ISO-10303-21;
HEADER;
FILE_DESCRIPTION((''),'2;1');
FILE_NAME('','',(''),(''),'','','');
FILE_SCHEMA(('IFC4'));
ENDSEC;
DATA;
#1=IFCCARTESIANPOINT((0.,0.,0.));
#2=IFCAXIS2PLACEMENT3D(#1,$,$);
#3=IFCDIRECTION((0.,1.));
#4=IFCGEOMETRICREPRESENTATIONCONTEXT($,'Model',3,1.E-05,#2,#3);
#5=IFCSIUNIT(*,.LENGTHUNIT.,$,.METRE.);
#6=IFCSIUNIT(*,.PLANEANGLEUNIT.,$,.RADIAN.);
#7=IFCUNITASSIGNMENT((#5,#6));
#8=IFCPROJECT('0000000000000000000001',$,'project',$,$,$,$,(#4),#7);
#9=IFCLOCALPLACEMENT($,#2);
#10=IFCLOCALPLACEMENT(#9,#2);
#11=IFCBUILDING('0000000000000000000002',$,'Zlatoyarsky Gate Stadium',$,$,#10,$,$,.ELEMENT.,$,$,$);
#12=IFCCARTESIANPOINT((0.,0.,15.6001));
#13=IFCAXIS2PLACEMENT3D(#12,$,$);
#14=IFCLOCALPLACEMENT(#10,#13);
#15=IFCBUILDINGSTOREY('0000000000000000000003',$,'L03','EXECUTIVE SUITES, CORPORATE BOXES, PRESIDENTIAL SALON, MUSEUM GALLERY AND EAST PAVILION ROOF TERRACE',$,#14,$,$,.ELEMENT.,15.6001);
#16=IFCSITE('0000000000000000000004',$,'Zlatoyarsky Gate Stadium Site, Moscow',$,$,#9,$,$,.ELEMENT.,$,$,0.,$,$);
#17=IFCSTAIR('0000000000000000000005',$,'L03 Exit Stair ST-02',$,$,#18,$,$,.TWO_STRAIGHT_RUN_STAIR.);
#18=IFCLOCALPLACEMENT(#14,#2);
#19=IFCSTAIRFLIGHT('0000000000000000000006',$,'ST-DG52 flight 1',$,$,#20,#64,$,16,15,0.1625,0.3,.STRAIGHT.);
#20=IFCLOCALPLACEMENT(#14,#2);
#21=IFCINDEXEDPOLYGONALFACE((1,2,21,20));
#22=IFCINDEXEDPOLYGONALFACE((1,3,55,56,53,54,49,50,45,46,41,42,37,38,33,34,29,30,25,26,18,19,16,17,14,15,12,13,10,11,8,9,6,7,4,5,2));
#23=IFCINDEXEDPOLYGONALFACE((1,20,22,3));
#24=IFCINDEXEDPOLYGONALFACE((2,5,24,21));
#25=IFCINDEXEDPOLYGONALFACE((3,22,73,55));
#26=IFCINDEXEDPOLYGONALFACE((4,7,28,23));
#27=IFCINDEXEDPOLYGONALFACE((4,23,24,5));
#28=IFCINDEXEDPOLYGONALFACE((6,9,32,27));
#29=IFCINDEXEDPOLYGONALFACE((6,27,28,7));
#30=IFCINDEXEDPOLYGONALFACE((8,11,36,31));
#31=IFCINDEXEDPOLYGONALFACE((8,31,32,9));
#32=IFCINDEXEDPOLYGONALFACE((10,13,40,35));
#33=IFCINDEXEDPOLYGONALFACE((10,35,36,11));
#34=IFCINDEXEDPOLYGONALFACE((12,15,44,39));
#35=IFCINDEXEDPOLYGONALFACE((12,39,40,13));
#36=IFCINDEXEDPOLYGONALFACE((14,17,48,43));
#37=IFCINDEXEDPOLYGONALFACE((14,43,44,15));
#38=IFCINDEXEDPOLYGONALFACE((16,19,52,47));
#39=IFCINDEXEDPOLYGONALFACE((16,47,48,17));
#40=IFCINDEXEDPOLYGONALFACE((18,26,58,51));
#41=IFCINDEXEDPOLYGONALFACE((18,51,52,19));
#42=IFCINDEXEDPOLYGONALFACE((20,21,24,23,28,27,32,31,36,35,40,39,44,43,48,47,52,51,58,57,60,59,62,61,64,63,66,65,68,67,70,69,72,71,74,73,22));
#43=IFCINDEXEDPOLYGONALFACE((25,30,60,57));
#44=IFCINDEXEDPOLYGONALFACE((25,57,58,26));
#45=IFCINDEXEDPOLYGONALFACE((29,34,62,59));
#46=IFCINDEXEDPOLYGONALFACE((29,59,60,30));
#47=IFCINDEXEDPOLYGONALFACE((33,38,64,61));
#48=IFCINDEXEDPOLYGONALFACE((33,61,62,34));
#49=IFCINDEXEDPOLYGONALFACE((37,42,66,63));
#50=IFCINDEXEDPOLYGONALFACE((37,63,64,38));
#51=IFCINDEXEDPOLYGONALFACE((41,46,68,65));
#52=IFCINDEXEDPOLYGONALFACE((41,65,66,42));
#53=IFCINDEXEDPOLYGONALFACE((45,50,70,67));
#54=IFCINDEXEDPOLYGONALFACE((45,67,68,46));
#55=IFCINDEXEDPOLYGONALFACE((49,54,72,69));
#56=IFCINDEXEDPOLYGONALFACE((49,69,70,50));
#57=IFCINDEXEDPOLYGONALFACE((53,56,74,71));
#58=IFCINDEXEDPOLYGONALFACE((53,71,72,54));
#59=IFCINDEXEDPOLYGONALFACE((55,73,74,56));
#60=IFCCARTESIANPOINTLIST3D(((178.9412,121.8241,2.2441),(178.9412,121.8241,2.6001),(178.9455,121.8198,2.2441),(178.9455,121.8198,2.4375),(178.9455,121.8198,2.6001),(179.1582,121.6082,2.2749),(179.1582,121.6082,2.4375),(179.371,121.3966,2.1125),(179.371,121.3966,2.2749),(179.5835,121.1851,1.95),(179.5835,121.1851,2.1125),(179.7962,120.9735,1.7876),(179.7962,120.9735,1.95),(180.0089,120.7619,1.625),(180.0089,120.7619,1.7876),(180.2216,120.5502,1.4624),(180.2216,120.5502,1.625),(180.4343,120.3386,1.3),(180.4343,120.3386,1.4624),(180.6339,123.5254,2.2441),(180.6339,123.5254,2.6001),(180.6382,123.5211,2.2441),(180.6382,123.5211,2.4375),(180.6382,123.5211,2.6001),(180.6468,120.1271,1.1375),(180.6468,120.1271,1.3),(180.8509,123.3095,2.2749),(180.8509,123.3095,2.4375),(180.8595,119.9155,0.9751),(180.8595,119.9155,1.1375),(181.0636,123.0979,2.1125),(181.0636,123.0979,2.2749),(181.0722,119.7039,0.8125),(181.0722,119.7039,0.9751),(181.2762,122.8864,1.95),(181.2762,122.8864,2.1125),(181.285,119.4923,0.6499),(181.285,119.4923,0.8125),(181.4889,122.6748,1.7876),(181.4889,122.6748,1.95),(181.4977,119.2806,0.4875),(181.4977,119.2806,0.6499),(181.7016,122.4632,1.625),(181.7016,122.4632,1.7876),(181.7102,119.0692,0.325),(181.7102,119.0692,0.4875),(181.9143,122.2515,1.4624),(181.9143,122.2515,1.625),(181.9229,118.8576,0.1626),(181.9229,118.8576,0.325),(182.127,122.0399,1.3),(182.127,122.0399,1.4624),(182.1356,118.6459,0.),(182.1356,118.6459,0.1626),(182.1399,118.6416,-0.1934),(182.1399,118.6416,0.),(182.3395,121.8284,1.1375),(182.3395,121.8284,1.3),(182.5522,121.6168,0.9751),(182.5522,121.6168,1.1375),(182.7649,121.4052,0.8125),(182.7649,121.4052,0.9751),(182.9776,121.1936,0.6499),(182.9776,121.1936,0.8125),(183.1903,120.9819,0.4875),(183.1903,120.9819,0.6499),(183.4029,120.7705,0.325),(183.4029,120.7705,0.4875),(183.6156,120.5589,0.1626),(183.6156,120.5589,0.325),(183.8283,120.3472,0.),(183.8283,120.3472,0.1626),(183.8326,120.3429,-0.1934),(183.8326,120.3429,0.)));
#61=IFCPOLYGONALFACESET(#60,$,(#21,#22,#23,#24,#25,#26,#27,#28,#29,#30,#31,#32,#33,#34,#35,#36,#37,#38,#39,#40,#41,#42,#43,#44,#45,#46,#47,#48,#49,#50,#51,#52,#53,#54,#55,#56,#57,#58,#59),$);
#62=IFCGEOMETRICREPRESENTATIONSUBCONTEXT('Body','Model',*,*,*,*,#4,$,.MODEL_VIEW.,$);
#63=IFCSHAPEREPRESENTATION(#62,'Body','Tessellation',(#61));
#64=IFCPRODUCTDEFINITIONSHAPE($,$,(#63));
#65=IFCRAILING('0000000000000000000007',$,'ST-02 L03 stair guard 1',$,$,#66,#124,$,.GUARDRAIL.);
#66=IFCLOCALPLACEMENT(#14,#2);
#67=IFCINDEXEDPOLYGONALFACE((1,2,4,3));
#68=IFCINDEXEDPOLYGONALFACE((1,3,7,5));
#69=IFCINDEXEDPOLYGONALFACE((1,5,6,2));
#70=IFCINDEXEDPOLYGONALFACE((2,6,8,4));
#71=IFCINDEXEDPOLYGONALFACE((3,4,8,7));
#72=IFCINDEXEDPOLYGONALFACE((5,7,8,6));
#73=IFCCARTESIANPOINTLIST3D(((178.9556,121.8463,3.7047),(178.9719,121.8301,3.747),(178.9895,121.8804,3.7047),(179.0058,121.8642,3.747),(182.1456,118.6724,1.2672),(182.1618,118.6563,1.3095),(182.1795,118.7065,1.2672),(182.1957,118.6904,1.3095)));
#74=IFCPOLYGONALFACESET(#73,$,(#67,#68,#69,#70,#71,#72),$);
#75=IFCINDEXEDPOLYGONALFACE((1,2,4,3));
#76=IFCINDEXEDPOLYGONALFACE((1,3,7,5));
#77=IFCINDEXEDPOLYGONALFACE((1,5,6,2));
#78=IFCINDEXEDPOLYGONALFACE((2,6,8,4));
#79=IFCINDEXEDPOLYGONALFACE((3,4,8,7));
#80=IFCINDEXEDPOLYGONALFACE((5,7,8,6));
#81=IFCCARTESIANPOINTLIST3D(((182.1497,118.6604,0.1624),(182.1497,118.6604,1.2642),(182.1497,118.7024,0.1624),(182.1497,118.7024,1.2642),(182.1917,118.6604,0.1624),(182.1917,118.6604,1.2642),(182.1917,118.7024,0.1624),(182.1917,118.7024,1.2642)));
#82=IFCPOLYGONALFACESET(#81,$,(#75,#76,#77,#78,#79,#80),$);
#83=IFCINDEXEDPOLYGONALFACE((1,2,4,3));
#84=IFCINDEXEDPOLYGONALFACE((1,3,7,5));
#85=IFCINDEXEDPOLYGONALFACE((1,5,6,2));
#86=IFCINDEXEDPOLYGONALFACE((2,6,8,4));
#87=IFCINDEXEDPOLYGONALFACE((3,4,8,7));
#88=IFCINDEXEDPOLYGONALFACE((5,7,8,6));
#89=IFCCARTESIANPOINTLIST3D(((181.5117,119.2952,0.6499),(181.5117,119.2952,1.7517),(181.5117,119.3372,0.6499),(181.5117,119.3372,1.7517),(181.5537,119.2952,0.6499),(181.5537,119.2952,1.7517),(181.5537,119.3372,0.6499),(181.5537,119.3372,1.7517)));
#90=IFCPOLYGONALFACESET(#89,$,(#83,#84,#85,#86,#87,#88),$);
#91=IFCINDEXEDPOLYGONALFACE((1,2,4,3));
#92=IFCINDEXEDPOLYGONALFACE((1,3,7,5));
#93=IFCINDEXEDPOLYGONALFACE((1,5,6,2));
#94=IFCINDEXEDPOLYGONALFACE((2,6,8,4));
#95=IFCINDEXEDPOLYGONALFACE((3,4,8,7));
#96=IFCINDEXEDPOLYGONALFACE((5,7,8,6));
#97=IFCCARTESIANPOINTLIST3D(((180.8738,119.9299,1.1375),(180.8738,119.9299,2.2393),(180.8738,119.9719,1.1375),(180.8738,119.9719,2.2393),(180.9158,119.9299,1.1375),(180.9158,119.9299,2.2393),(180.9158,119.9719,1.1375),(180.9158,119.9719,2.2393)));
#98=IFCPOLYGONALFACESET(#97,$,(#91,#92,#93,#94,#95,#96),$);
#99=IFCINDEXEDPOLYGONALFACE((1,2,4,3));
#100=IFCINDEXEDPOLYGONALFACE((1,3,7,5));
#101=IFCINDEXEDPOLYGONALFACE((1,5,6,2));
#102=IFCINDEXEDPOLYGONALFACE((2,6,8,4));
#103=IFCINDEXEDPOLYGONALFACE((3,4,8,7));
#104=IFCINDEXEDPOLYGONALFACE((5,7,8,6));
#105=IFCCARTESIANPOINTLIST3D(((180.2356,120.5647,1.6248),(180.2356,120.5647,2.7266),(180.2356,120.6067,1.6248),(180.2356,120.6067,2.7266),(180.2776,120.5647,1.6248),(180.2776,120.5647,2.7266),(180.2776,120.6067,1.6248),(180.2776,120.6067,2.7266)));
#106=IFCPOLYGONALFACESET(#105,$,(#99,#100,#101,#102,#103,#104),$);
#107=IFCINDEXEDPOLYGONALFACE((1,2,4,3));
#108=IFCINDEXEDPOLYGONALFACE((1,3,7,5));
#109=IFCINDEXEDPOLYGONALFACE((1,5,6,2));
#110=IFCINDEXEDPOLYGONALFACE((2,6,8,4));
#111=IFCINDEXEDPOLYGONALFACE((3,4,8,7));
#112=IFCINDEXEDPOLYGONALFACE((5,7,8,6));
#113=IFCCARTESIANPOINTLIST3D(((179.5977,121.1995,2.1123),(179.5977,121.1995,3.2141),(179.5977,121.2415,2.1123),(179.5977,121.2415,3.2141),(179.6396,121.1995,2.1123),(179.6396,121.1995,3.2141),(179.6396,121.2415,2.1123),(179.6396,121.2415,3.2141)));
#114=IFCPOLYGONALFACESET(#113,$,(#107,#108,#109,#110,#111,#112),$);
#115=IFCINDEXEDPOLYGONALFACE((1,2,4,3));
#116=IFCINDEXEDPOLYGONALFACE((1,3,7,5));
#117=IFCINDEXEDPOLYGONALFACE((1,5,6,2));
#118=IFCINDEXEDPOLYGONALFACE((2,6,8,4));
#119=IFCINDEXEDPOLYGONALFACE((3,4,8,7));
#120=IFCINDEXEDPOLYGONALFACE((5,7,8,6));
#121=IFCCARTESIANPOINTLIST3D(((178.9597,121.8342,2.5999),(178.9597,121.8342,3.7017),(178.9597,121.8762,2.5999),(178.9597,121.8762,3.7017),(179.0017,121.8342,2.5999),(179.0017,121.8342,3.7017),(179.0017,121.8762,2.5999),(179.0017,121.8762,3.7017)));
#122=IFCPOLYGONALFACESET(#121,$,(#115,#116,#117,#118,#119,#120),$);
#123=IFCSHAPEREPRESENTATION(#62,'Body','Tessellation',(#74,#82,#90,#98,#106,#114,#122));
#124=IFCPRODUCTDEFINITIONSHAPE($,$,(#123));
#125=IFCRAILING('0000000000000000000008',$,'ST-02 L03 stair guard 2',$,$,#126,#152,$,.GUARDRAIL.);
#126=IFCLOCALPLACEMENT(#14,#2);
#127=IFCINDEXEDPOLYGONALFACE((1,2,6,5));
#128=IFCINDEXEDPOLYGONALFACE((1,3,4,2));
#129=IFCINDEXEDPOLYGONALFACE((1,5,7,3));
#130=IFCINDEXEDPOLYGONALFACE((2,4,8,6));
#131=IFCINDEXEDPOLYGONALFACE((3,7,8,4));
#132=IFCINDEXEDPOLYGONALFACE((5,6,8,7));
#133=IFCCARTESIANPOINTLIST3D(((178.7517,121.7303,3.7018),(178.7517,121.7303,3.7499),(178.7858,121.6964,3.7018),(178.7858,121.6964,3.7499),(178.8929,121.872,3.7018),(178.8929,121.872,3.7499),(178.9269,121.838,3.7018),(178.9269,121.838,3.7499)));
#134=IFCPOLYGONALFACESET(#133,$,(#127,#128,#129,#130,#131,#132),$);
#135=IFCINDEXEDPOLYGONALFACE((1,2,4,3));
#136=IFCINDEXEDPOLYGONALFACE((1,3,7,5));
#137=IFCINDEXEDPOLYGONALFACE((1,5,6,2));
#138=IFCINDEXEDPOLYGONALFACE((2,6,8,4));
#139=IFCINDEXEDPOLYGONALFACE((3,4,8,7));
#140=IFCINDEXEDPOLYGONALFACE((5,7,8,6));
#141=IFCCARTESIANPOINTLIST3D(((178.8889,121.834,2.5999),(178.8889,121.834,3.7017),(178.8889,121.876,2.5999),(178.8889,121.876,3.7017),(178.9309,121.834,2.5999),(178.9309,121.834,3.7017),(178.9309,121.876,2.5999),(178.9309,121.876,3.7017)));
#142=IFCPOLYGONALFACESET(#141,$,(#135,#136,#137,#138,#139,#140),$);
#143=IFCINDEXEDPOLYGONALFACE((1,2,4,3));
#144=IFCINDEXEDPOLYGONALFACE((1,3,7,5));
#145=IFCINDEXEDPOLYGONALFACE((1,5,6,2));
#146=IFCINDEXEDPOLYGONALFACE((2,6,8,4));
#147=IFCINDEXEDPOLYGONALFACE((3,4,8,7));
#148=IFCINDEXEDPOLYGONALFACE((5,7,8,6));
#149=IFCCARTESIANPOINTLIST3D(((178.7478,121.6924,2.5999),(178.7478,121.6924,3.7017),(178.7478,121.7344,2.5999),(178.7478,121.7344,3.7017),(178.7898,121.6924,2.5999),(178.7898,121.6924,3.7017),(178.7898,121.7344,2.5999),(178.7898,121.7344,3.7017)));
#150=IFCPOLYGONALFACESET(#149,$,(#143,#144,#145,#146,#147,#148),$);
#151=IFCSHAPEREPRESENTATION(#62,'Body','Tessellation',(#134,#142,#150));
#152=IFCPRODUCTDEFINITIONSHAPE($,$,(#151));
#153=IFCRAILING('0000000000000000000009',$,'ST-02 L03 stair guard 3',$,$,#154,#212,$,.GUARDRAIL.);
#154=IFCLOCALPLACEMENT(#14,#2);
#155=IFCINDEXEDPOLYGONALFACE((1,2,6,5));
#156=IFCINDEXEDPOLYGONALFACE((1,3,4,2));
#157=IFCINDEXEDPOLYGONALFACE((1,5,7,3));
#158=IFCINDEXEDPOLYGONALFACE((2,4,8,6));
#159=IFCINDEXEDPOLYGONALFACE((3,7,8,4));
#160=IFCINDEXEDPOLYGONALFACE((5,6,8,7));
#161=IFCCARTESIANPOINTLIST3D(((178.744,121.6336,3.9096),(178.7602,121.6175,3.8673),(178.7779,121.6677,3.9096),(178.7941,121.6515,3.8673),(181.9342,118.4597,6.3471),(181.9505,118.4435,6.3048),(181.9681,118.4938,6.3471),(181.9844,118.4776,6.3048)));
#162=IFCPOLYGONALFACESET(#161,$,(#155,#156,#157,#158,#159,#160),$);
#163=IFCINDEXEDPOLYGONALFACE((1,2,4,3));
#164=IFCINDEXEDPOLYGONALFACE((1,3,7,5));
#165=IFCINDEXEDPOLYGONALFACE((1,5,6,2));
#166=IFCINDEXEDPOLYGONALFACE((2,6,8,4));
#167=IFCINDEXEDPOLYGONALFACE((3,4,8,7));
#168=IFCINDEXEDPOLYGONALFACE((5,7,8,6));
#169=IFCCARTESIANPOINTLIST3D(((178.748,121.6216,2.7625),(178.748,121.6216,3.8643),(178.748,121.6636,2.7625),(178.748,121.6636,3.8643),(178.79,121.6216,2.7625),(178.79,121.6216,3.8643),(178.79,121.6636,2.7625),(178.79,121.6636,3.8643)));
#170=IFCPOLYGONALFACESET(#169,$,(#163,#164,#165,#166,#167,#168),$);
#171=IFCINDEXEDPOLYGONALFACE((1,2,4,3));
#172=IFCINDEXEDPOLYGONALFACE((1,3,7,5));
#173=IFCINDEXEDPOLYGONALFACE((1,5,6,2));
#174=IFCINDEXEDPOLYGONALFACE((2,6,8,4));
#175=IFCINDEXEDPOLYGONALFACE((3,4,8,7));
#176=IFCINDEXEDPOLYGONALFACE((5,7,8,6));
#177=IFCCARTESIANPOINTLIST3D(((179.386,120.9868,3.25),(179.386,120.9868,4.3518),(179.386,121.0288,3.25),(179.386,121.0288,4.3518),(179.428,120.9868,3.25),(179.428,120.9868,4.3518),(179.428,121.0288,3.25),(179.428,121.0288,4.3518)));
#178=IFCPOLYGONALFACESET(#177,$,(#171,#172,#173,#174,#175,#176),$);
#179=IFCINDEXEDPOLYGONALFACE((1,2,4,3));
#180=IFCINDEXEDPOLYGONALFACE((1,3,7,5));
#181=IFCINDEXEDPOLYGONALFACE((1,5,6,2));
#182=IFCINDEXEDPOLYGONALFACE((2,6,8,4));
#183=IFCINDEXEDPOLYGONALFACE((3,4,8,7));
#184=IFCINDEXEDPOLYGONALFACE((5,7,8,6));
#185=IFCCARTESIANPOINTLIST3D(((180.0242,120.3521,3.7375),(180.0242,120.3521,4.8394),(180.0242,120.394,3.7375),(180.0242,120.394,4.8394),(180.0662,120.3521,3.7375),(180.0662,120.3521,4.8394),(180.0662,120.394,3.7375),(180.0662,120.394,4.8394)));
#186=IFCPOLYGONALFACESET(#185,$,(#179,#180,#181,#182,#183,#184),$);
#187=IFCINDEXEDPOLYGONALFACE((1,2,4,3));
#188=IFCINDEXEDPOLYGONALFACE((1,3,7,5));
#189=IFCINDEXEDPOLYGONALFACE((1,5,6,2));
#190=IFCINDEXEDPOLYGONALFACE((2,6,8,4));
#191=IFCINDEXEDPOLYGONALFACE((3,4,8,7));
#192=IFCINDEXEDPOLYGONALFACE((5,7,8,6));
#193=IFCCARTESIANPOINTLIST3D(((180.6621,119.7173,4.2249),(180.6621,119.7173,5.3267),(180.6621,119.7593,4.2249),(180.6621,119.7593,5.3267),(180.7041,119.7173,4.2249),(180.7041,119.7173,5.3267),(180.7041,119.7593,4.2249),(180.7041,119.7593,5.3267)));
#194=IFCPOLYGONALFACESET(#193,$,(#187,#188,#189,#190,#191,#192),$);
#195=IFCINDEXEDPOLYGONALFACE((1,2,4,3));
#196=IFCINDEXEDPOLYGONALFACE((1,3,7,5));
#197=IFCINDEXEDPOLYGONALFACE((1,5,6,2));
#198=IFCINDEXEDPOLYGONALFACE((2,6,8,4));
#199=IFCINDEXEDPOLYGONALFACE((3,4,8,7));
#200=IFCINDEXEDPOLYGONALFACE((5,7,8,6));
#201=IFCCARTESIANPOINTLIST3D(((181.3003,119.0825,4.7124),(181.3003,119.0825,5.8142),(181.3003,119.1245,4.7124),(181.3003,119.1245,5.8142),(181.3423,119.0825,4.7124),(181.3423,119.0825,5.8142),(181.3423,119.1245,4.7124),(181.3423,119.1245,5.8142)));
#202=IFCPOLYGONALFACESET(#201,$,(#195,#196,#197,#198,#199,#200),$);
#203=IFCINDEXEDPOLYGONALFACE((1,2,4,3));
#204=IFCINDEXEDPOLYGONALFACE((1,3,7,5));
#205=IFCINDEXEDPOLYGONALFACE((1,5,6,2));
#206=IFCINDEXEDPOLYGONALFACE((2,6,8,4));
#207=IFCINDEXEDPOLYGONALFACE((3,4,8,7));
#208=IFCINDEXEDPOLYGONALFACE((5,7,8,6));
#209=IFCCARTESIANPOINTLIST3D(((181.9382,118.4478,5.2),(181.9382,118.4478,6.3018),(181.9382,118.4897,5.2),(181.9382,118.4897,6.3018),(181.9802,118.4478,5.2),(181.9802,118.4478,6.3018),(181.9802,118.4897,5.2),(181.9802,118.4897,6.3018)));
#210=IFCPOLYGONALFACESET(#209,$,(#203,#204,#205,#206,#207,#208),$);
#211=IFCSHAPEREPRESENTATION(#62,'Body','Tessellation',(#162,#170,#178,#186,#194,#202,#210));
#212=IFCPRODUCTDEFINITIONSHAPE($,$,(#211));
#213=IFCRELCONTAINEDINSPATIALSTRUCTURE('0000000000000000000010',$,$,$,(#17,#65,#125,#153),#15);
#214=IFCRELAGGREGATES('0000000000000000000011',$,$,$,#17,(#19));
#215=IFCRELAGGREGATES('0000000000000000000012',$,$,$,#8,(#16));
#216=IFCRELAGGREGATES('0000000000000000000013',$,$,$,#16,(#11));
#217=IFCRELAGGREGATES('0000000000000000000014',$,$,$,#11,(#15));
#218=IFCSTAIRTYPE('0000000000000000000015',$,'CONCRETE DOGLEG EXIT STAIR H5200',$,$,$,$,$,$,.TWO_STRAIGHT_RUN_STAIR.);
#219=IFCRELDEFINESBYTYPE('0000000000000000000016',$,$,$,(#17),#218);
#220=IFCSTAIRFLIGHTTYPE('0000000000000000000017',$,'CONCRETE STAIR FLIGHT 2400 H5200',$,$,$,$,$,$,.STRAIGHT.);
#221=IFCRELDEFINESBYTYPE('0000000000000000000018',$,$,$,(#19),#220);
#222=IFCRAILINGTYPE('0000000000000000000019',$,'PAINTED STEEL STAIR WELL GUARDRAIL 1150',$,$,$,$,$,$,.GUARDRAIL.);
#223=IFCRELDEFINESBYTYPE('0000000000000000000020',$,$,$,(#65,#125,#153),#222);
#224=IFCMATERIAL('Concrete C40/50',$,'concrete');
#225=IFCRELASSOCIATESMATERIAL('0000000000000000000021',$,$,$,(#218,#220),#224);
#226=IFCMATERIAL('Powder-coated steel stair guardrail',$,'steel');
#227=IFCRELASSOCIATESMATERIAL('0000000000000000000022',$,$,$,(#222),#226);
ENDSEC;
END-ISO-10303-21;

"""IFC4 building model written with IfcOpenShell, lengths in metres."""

from ifc_helpers import new_model, si_unit, direction, frame, origin, origin_2d, place, context, subcontext, project, spatial, polyline, rectangle, outline, extrude, material, type_object, element, aggregate, save


model = new_model("IFC4")

# Units and contexts
model_context = context("Model", 3, precision=1e-05, world=origin(), true_north=direction((0.0, 1.0)))
body_context = subcontext(model_context, "Body", "Model", "MODEL_VIEW")
ifc_project = project(units=[si_unit("LENGTHUNIT", "METRE"), si_unit("PLANEANGLEUNIT", "RADIAN")], contexts=[model_context])

# Site, building, storey
site_placement = place(None, origin())
site = spatial("IfcSite", under=ifc_project, at=site_placement, Name="Zlatoyarsky Gate Stadium Site, Moscow", CompositionType="ELEMENT", RefElevation=0.0)
building_placement = place(site_placement, origin())
building = spatial("IfcBuilding", under=site, at=building_placement, Name="Zlatoyarsky Gate Stadium", CompositionType="ELEMENT")
storey_placement = place(building_placement, frame((0.0, 0.0, 15.6001)))
storey = spatial("IfcBuildingStorey", under=building, at=storey_placement, Name="L03", Description="EXECUTIVE SUITES, CORPORATE BOXES, PRESIDENTIAL SALON, MUSEUM GALLERY AND EAST PAVILION ROOF TERRACE", CompositionType="ELEMENT", Elevation=15.6001)

# Shared definitions
ifc_material_1 = material(Name="Concrete C40/50", Category="concrete")

# Stair, stair flight
stair_type = type_object("IfcStairType", Name="CONCRETE DOGLEG EXIT STAIR H5200", PredefinedType="TWO_STRAIGHT_RUN_STAIR", material=ifc_material_1)
stair_placement = place(storey_placement, origin())
stair = element("IfcStair", 1, at=stair_placement, inside=storey, type_object=stair_type, Name="L03 Exit Stair ST-02", PredefinedType="TWO_STRAIGHT_RUN_STAIR")
stair_flight_type = type_object("IfcStairFlightType", Name="CONCRETE STAIR FLIGHT 2400 H5200", PredefinedType="STRAIGHT", material=ifc_material_1)
stair_flight_placement = place(storey_placement, frame((182.9819, 119.4966, 0.0), z_axis=(0.0, 0.0, 1.0), x_axis=(-0.708901, 0.705308, 0.0)))
stair_flight = element("IfcStairFlight", 2, at=stair_flight_placement, type_object=stair_flight_type, Name="ST-DG52 flight 1", NumberOfRisers=16, NumberOfTreads=15, PredefinedType="STRAIGHT", RiserHeight=0.1625, TreadLength=0.3, context=body_context, shape_type="SweptSolid", body=[
    extrude(outline(polyline([(-0.0061, -0.1934), (-0.0061, 0.0), (0.0, 0.0), (0.0, 0.1626), (0.3, 0.1626), (0.3, 0.325), (0.6001, 0.325), (0.6001, 0.4875), (0.8999, 0.4875), (0.8999, 0.6499), (1.2, 0.6499), (1.2, 0.8125), (1.5, 0.8125), (1.5, 0.9751), (1.8, 0.9751), (1.8, 1.1375), (2.1001, 1.1375), (2.1001, 1.3), (2.3999, 1.3), (2.3999, 1.4624), (2.7, 1.4624), (2.7, 1.625), (3.0, 1.625), (3.0, 1.7876), (3.3, 1.7876), (3.3, 1.95), (3.6001, 1.95), (3.6001, 2.1125), (3.8999, 2.1125), (3.8999, 2.2749), (4.2, 2.2749), (4.2, 2.4375), (4.5, 2.4375), (4.5, 2.6001), (4.5061, 2.6001), (4.5061, 2.2441), (4.5, 2.2441), (-0.0061, -0.1934)])), frame((0.0, 1.2, 0.0), z_axis=(0.0, -1.0, 0.0), x_axis=(1.0, 0.0, 0.0)), (0.0, 0.0, 1.0), 2.3999),
])
aggregate(stair, [stair_flight])

# Railings
ifc_material_2 = material(Name="Powder-coated steel stair guardrail", Category="steel")
railing_type_1 = type_object("IfcRailingType", Name="PAINTED STEEL STAIR WELL GUARDRAIL 1150", PredefinedType="GUARDRAIL", material=ifc_material_2)
railing_1_placement = place(storey_placement, frame((182.1707, 118.6814, 0.1624)))
element("IfcRailing", 3, at=railing_1_placement, inside=storey, type_object=railing_type_1, Name="ST-02 L03 stair guard 1", PredefinedType="GUARDRAIL", context=body_context, shape_type="SweptSolid", body=[
    extrude(rectangle(XDim=0.0481, YDim=0.0481, at=origin_2d()), frame((0.0, 0.0, 1.126), z_axis=(-0.623322, 0.620173, 0.476293), x_axis=(-0.705314, -0.708895, 0.0)), (0.0, 0.0, 1.0), 5.1177),
    extrude(rectangle(XDim=0.042, YDim=0.042, at=origin_2d()), origin(), (0.0, 0.0, 1.0), 1.1018),
    extrude(rectangle(XDim=0.042, YDim=0.042, at=origin_2d()), frame((-0.6379, 0.6348, 0.4875)), (0.0, 0.0, 1.0), 1.1018),
    extrude(rectangle(XDim=0.042, YDim=0.042, at=origin_2d()), frame((-1.2759, 1.2695, 0.9751)), (0.0, 0.0, 1.0), 1.1018),
    extrude(rectangle(XDim=0.042, YDim=0.042, at=origin_2d()), frame((-1.9141, 1.9043, 1.4624)), (0.0, 0.0, 1.0), 1.1018),
    extrude(rectangle(XDim=0.042, YDim=0.042, at=origin_2d()), frame((-2.552, 2.5391, 1.95)), (0.0, 0.0, 1.0), 1.1018),
    extrude(rectangle(XDim=0.042, YDim=0.042, at=origin_2d()), frame((-3.1899, 3.1738, 2.4375)), (0.0, 0.0, 1.0), 1.1018),
])
railing_2_placement = place(storey_placement, frame((178.9099, 121.855, 2.5999)))
element("IfcRailing", 4, at=railing_2_placement, inside=storey, type_object=railing_type_1, Name="ST-02 L03 stair guard 2", PredefinedType="GUARDRAIL", context=body_context, shape_type="SweptSolid", body=[
    extrude(rectangle(XDim=0.0481, YDim=0.0481, at=origin_2d()), frame((0.0, 0.0, 1.126), z_axis=(-0.705884, -0.708327, 0.0), x_axis=(0.708327, -0.705884, 0.0)), (0.0, 0.0, 1.0), 0.2),
    extrude(rectangle(XDim=0.042, YDim=0.042, at=origin_2d()), origin(), (0.0, 0.0, 1.0), 1.1018),
    extrude(rectangle(XDim=0.042, YDim=0.042, at=origin_2d()), frame((-0.1411, -0.1416, 0.0)), (0.0, 0.0, 1.0), 1.1018),
])
railing_3_placement = place(storey_placement, frame((178.769, 121.6426, 2.7625)))
element("IfcRailing", 5, at=railing_3_placement, inside=storey, type_object=railing_type_1, Name="ST-02 L03 stair guard 3", PredefinedType="GUARDRAIL", context=body_context, shape_type="SweptSolid", body=[
    extrude(rectangle(XDim=0.0481, YDim=0.0481, at=origin_2d()), frame((0.0, 0.0, 1.126), z_axis=(0.623351, -0.620155, 0.476279), x_axis=(0.705287, 0.708922, 0.0)), (0.0, 0.0, 1.0), 5.1179),
    extrude(rectangle(XDim=0.042, YDim=0.042, at=origin_2d()), origin(), (0.0, 0.0, 1.0), 1.1018),
    extrude(rectangle(XDim=0.042, YDim=0.042, at=origin_2d()), frame((0.6379, -0.6348, 0.4875)), (0.0, 0.0, 1.0), 1.1018),
    extrude(rectangle(XDim=0.042, YDim=0.042, at=origin_2d()), frame((1.2761, -1.2695, 0.9751)), (0.0, 0.0, 1.0), 1.1018),
    extrude(rectangle(XDim=0.042, YDim=0.042, at=origin_2d()), frame((1.9141, -1.9043, 1.4624)), (0.0, 0.0, 1.0), 1.1018),
    extrude(rectangle(XDim=0.042, YDim=0.042, at=origin_2d()), frame((2.5522, -2.5391, 1.95)), (0.0, 0.0, 1.0), 1.1018),
    extrude(rectangle(XDim=0.042, YDim=0.042, at=origin_2d()), frame((3.1902, -3.1738, 2.4375)), (0.0, 0.0, 1.0), 1.1018),
])

save(model, "model.ifc")
